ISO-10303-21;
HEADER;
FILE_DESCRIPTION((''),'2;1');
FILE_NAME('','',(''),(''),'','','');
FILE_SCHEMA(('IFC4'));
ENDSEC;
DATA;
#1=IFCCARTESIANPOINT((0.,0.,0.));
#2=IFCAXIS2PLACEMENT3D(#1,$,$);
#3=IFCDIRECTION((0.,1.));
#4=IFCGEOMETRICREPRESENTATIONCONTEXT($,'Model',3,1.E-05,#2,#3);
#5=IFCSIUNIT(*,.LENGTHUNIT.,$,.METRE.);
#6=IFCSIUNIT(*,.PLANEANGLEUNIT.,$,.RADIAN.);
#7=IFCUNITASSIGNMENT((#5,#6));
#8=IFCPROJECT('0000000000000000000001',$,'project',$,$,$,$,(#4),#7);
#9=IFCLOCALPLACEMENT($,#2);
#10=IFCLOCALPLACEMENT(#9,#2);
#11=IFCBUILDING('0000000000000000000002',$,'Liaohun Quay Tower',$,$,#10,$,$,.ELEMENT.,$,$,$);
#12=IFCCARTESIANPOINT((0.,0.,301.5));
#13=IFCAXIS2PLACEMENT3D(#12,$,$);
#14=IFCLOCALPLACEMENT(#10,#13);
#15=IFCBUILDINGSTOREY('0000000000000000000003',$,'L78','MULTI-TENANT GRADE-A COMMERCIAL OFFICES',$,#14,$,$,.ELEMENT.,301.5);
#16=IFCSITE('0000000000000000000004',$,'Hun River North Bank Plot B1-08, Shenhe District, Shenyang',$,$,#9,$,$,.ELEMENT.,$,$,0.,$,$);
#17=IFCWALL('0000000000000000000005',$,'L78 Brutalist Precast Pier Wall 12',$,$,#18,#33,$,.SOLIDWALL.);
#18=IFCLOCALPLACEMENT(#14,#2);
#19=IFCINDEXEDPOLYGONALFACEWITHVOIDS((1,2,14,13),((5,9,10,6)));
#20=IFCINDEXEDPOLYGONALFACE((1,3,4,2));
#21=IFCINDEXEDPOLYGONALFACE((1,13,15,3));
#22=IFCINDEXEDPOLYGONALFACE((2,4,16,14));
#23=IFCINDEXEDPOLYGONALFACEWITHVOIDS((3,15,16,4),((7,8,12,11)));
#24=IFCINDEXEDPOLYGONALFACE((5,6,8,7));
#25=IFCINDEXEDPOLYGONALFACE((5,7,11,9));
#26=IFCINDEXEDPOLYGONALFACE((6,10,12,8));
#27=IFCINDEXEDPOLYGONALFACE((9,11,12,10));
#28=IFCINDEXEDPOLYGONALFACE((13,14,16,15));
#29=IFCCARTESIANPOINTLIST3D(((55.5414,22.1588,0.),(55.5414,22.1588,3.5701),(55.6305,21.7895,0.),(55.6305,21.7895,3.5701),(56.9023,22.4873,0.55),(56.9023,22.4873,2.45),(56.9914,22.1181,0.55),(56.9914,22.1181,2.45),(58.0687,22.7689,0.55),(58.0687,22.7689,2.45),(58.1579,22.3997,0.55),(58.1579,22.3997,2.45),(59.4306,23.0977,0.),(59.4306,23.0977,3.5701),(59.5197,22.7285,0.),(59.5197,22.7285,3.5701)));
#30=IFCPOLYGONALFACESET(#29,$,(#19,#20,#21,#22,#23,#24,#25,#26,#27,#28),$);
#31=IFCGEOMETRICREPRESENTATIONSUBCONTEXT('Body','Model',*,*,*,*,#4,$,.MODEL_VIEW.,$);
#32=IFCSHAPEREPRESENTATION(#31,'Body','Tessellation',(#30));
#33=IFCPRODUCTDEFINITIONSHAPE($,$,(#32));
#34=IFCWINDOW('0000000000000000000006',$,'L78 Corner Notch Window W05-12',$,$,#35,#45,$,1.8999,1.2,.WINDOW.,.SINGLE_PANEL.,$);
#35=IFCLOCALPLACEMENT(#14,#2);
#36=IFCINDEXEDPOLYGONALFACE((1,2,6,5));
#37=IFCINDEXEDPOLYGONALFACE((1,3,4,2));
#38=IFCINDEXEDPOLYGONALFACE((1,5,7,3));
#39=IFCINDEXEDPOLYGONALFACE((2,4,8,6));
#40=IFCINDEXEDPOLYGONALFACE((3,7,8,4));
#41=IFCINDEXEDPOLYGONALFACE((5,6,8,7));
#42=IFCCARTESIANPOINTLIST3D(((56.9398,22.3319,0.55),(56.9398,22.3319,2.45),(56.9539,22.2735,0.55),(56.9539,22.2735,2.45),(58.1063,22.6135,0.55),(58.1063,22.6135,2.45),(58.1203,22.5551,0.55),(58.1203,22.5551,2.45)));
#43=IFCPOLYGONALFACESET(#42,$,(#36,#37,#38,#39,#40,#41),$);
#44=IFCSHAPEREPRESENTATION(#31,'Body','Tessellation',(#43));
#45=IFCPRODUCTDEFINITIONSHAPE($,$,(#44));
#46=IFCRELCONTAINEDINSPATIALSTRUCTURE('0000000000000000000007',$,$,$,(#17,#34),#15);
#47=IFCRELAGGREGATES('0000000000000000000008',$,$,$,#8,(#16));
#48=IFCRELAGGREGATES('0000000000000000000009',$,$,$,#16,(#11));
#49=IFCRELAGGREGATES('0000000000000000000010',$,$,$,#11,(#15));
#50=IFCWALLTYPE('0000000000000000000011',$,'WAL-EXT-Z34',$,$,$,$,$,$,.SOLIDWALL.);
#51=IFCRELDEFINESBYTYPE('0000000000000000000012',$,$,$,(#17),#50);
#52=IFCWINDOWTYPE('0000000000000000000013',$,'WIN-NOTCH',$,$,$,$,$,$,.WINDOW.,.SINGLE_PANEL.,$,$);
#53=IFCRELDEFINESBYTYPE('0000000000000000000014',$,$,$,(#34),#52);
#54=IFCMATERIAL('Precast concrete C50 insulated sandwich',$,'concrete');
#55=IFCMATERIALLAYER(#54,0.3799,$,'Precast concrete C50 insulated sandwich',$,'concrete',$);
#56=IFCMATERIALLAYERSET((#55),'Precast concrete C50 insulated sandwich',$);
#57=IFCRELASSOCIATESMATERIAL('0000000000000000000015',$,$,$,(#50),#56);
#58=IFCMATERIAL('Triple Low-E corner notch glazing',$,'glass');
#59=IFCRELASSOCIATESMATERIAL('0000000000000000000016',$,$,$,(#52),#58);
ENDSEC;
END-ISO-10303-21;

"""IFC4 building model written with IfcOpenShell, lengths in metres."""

from ifc_helpers import new_model, si_unit, direction, frame, frame_2d, origin, place, context, subcontext, project, spatial, rectangle, extrude, source, transform, mapped, material, layer, layer_set, type_object, element, fill, save


model = new_model("IFC4")

# Units and contexts
model_context = context("Model", 3, precision=1e-05, world=origin(), true_north=direction((0.0, 1.0)))
body_context = subcontext(model_context, "Body", "Model", "MODEL_VIEW")
ifc_project = project(units=[si_unit("LENGTHUNIT", "METRE"), si_unit("PLANEANGLEUNIT", "RADIAN")], contexts=[model_context])

# Site, building, storey
site_placement = place(None, origin())
site = spatial("IfcSite", under=ifc_project, at=site_placement, Name="Hun River North Bank Plot B1-08, Shenhe District, Shenyang", CompositionType="ELEMENT", RefElevation=0.0)
building_placement = place(site_placement, origin())
building = spatial("IfcBuilding", under=site, at=building_placement, Name="Liaohun Quay Tower", CompositionType="ELEMENT")
storey_placement = place(building_placement, frame((0.0, 0.0, 301.5)))
storey = spatial("IfcBuildingStorey", under=building, at=storey_placement, Name="L78", Description="MULTI-TENANT GRADE-A COMMERCIAL OFFICES", CompositionType="ELEMENT", Elevation=301.5)

# Wall, opening, window
ifc_material_1 = material(Name="Precast concrete C50 insulated sandwich", Category="concrete")
ifc_layer_1 = layer(ifc_material_1, 0.3799, Name="Precast concrete C50 insulated sandwich", Category="concrete")
ifc_layer_set_1 = layer_set([ifc_layer_1], Name="Precast concrete C50 insulated sandwich")
wall_type_1 = type_object("IfcWallType", Name="WAL-EXT-Z34", PredefinedType="SOLIDWALL", material=ifc_layer_set_1)
wall_1_placement = place(storey_placement, frame((55.5859, 21.9741, 0.0), z_axis=(0.0, 0.0, 1.0), x_axis=(0.972071, 0.234688, 0.0)))
wall_1 = element("IfcWall", 1, at=wall_1_placement, inside=storey, type_object=wall_type_1, Name="L78 Brutalist Precast Pier Wall 12", PredefinedType="SOLIDWALL", context=body_context, shape_type="SweptSolid", body=[
    extrude(rectangle(XDim=4.001, YDim=0.3799, at=frame_2d((2.0005, 0.0))), origin(), (0.0, 0.0, 1.0), 3.5701),
])
shared_shape_1 = source(origin(), body_context, "Body", "SweptSolid", [
    extrude(rectangle(XDim=1.2, YDim=1.8999, at=frame_2d((0.6001, 0.95))), frame((0.0, 0.2, 0.0), z_axis=(0.0, -1.0, 0.0), x_axis=(1.0, 0.0, 0.0)), (0.0, 0.0, 1.0), 0.3999),
])
opening_1_placement = place(wall_1_placement, frame((1.3999, 0.0, 0.55)))
opening_1 = element("IfcOpeningElement", 2, at=opening_1_placement, cuts=wall_1, PredefinedType="OPENING", context=body_context, shape_type="MappedRepresentation", body=[
    mapped(shared_shape_1, transform((0.0, 0.0, 0.0), x_axis=(1.0, 0.0, 0.0), y_axis=(0.0, 1.0, 0.0), z_axis=(0.0, 0.0, 1.0), scale=1.0)),
])
ifc_material_2 = material(Name="Triple Low-E corner notch glazing", Category="glass")
window_type_1 = type_object("IfcWindowType", Name="WIN-NOTCH", PartitioningType="SINGLE_PANEL", PredefinedType="WINDOW", material=ifc_material_2)
shared_shape_2 = source(origin(), body_context, "Body", "SweptSolid", [
    extrude(rectangle(XDim=1.2, YDim=1.8999, at=frame_2d((0.6001, 0.95))), frame((0.0, 0.03, 0.0), z_axis=(0.0, -1.0, 0.0), x_axis=(1.0, 0.0, 0.0)), (0.0, 0.0, 1.0), 0.0601),
])
window_1_placement = place(opening_1_placement, origin())
window_1 = element("IfcWindow", 3, at=window_1_placement, inside=storey, type_object=window_type_1, Name="L78 Corner Notch Window W05-12", OverallHeight=1.8999, OverallWidth=1.2, PartitioningType="SINGLE_PANEL", PredefinedType="WINDOW", context=body_context, shape_type="MappedRepresentation", body=[
    mapped(shared_shape_2, transform((0.0, 0.0, 0.0), x_axis=(1.0, 0.0, 0.0), y_axis=(0.0, 1.0, 0.0), z_axis=(0.0, 0.0, 1.0), scale=1.0)),
])
fill(opening_1, window_1)

save(model, "model.ifc")
